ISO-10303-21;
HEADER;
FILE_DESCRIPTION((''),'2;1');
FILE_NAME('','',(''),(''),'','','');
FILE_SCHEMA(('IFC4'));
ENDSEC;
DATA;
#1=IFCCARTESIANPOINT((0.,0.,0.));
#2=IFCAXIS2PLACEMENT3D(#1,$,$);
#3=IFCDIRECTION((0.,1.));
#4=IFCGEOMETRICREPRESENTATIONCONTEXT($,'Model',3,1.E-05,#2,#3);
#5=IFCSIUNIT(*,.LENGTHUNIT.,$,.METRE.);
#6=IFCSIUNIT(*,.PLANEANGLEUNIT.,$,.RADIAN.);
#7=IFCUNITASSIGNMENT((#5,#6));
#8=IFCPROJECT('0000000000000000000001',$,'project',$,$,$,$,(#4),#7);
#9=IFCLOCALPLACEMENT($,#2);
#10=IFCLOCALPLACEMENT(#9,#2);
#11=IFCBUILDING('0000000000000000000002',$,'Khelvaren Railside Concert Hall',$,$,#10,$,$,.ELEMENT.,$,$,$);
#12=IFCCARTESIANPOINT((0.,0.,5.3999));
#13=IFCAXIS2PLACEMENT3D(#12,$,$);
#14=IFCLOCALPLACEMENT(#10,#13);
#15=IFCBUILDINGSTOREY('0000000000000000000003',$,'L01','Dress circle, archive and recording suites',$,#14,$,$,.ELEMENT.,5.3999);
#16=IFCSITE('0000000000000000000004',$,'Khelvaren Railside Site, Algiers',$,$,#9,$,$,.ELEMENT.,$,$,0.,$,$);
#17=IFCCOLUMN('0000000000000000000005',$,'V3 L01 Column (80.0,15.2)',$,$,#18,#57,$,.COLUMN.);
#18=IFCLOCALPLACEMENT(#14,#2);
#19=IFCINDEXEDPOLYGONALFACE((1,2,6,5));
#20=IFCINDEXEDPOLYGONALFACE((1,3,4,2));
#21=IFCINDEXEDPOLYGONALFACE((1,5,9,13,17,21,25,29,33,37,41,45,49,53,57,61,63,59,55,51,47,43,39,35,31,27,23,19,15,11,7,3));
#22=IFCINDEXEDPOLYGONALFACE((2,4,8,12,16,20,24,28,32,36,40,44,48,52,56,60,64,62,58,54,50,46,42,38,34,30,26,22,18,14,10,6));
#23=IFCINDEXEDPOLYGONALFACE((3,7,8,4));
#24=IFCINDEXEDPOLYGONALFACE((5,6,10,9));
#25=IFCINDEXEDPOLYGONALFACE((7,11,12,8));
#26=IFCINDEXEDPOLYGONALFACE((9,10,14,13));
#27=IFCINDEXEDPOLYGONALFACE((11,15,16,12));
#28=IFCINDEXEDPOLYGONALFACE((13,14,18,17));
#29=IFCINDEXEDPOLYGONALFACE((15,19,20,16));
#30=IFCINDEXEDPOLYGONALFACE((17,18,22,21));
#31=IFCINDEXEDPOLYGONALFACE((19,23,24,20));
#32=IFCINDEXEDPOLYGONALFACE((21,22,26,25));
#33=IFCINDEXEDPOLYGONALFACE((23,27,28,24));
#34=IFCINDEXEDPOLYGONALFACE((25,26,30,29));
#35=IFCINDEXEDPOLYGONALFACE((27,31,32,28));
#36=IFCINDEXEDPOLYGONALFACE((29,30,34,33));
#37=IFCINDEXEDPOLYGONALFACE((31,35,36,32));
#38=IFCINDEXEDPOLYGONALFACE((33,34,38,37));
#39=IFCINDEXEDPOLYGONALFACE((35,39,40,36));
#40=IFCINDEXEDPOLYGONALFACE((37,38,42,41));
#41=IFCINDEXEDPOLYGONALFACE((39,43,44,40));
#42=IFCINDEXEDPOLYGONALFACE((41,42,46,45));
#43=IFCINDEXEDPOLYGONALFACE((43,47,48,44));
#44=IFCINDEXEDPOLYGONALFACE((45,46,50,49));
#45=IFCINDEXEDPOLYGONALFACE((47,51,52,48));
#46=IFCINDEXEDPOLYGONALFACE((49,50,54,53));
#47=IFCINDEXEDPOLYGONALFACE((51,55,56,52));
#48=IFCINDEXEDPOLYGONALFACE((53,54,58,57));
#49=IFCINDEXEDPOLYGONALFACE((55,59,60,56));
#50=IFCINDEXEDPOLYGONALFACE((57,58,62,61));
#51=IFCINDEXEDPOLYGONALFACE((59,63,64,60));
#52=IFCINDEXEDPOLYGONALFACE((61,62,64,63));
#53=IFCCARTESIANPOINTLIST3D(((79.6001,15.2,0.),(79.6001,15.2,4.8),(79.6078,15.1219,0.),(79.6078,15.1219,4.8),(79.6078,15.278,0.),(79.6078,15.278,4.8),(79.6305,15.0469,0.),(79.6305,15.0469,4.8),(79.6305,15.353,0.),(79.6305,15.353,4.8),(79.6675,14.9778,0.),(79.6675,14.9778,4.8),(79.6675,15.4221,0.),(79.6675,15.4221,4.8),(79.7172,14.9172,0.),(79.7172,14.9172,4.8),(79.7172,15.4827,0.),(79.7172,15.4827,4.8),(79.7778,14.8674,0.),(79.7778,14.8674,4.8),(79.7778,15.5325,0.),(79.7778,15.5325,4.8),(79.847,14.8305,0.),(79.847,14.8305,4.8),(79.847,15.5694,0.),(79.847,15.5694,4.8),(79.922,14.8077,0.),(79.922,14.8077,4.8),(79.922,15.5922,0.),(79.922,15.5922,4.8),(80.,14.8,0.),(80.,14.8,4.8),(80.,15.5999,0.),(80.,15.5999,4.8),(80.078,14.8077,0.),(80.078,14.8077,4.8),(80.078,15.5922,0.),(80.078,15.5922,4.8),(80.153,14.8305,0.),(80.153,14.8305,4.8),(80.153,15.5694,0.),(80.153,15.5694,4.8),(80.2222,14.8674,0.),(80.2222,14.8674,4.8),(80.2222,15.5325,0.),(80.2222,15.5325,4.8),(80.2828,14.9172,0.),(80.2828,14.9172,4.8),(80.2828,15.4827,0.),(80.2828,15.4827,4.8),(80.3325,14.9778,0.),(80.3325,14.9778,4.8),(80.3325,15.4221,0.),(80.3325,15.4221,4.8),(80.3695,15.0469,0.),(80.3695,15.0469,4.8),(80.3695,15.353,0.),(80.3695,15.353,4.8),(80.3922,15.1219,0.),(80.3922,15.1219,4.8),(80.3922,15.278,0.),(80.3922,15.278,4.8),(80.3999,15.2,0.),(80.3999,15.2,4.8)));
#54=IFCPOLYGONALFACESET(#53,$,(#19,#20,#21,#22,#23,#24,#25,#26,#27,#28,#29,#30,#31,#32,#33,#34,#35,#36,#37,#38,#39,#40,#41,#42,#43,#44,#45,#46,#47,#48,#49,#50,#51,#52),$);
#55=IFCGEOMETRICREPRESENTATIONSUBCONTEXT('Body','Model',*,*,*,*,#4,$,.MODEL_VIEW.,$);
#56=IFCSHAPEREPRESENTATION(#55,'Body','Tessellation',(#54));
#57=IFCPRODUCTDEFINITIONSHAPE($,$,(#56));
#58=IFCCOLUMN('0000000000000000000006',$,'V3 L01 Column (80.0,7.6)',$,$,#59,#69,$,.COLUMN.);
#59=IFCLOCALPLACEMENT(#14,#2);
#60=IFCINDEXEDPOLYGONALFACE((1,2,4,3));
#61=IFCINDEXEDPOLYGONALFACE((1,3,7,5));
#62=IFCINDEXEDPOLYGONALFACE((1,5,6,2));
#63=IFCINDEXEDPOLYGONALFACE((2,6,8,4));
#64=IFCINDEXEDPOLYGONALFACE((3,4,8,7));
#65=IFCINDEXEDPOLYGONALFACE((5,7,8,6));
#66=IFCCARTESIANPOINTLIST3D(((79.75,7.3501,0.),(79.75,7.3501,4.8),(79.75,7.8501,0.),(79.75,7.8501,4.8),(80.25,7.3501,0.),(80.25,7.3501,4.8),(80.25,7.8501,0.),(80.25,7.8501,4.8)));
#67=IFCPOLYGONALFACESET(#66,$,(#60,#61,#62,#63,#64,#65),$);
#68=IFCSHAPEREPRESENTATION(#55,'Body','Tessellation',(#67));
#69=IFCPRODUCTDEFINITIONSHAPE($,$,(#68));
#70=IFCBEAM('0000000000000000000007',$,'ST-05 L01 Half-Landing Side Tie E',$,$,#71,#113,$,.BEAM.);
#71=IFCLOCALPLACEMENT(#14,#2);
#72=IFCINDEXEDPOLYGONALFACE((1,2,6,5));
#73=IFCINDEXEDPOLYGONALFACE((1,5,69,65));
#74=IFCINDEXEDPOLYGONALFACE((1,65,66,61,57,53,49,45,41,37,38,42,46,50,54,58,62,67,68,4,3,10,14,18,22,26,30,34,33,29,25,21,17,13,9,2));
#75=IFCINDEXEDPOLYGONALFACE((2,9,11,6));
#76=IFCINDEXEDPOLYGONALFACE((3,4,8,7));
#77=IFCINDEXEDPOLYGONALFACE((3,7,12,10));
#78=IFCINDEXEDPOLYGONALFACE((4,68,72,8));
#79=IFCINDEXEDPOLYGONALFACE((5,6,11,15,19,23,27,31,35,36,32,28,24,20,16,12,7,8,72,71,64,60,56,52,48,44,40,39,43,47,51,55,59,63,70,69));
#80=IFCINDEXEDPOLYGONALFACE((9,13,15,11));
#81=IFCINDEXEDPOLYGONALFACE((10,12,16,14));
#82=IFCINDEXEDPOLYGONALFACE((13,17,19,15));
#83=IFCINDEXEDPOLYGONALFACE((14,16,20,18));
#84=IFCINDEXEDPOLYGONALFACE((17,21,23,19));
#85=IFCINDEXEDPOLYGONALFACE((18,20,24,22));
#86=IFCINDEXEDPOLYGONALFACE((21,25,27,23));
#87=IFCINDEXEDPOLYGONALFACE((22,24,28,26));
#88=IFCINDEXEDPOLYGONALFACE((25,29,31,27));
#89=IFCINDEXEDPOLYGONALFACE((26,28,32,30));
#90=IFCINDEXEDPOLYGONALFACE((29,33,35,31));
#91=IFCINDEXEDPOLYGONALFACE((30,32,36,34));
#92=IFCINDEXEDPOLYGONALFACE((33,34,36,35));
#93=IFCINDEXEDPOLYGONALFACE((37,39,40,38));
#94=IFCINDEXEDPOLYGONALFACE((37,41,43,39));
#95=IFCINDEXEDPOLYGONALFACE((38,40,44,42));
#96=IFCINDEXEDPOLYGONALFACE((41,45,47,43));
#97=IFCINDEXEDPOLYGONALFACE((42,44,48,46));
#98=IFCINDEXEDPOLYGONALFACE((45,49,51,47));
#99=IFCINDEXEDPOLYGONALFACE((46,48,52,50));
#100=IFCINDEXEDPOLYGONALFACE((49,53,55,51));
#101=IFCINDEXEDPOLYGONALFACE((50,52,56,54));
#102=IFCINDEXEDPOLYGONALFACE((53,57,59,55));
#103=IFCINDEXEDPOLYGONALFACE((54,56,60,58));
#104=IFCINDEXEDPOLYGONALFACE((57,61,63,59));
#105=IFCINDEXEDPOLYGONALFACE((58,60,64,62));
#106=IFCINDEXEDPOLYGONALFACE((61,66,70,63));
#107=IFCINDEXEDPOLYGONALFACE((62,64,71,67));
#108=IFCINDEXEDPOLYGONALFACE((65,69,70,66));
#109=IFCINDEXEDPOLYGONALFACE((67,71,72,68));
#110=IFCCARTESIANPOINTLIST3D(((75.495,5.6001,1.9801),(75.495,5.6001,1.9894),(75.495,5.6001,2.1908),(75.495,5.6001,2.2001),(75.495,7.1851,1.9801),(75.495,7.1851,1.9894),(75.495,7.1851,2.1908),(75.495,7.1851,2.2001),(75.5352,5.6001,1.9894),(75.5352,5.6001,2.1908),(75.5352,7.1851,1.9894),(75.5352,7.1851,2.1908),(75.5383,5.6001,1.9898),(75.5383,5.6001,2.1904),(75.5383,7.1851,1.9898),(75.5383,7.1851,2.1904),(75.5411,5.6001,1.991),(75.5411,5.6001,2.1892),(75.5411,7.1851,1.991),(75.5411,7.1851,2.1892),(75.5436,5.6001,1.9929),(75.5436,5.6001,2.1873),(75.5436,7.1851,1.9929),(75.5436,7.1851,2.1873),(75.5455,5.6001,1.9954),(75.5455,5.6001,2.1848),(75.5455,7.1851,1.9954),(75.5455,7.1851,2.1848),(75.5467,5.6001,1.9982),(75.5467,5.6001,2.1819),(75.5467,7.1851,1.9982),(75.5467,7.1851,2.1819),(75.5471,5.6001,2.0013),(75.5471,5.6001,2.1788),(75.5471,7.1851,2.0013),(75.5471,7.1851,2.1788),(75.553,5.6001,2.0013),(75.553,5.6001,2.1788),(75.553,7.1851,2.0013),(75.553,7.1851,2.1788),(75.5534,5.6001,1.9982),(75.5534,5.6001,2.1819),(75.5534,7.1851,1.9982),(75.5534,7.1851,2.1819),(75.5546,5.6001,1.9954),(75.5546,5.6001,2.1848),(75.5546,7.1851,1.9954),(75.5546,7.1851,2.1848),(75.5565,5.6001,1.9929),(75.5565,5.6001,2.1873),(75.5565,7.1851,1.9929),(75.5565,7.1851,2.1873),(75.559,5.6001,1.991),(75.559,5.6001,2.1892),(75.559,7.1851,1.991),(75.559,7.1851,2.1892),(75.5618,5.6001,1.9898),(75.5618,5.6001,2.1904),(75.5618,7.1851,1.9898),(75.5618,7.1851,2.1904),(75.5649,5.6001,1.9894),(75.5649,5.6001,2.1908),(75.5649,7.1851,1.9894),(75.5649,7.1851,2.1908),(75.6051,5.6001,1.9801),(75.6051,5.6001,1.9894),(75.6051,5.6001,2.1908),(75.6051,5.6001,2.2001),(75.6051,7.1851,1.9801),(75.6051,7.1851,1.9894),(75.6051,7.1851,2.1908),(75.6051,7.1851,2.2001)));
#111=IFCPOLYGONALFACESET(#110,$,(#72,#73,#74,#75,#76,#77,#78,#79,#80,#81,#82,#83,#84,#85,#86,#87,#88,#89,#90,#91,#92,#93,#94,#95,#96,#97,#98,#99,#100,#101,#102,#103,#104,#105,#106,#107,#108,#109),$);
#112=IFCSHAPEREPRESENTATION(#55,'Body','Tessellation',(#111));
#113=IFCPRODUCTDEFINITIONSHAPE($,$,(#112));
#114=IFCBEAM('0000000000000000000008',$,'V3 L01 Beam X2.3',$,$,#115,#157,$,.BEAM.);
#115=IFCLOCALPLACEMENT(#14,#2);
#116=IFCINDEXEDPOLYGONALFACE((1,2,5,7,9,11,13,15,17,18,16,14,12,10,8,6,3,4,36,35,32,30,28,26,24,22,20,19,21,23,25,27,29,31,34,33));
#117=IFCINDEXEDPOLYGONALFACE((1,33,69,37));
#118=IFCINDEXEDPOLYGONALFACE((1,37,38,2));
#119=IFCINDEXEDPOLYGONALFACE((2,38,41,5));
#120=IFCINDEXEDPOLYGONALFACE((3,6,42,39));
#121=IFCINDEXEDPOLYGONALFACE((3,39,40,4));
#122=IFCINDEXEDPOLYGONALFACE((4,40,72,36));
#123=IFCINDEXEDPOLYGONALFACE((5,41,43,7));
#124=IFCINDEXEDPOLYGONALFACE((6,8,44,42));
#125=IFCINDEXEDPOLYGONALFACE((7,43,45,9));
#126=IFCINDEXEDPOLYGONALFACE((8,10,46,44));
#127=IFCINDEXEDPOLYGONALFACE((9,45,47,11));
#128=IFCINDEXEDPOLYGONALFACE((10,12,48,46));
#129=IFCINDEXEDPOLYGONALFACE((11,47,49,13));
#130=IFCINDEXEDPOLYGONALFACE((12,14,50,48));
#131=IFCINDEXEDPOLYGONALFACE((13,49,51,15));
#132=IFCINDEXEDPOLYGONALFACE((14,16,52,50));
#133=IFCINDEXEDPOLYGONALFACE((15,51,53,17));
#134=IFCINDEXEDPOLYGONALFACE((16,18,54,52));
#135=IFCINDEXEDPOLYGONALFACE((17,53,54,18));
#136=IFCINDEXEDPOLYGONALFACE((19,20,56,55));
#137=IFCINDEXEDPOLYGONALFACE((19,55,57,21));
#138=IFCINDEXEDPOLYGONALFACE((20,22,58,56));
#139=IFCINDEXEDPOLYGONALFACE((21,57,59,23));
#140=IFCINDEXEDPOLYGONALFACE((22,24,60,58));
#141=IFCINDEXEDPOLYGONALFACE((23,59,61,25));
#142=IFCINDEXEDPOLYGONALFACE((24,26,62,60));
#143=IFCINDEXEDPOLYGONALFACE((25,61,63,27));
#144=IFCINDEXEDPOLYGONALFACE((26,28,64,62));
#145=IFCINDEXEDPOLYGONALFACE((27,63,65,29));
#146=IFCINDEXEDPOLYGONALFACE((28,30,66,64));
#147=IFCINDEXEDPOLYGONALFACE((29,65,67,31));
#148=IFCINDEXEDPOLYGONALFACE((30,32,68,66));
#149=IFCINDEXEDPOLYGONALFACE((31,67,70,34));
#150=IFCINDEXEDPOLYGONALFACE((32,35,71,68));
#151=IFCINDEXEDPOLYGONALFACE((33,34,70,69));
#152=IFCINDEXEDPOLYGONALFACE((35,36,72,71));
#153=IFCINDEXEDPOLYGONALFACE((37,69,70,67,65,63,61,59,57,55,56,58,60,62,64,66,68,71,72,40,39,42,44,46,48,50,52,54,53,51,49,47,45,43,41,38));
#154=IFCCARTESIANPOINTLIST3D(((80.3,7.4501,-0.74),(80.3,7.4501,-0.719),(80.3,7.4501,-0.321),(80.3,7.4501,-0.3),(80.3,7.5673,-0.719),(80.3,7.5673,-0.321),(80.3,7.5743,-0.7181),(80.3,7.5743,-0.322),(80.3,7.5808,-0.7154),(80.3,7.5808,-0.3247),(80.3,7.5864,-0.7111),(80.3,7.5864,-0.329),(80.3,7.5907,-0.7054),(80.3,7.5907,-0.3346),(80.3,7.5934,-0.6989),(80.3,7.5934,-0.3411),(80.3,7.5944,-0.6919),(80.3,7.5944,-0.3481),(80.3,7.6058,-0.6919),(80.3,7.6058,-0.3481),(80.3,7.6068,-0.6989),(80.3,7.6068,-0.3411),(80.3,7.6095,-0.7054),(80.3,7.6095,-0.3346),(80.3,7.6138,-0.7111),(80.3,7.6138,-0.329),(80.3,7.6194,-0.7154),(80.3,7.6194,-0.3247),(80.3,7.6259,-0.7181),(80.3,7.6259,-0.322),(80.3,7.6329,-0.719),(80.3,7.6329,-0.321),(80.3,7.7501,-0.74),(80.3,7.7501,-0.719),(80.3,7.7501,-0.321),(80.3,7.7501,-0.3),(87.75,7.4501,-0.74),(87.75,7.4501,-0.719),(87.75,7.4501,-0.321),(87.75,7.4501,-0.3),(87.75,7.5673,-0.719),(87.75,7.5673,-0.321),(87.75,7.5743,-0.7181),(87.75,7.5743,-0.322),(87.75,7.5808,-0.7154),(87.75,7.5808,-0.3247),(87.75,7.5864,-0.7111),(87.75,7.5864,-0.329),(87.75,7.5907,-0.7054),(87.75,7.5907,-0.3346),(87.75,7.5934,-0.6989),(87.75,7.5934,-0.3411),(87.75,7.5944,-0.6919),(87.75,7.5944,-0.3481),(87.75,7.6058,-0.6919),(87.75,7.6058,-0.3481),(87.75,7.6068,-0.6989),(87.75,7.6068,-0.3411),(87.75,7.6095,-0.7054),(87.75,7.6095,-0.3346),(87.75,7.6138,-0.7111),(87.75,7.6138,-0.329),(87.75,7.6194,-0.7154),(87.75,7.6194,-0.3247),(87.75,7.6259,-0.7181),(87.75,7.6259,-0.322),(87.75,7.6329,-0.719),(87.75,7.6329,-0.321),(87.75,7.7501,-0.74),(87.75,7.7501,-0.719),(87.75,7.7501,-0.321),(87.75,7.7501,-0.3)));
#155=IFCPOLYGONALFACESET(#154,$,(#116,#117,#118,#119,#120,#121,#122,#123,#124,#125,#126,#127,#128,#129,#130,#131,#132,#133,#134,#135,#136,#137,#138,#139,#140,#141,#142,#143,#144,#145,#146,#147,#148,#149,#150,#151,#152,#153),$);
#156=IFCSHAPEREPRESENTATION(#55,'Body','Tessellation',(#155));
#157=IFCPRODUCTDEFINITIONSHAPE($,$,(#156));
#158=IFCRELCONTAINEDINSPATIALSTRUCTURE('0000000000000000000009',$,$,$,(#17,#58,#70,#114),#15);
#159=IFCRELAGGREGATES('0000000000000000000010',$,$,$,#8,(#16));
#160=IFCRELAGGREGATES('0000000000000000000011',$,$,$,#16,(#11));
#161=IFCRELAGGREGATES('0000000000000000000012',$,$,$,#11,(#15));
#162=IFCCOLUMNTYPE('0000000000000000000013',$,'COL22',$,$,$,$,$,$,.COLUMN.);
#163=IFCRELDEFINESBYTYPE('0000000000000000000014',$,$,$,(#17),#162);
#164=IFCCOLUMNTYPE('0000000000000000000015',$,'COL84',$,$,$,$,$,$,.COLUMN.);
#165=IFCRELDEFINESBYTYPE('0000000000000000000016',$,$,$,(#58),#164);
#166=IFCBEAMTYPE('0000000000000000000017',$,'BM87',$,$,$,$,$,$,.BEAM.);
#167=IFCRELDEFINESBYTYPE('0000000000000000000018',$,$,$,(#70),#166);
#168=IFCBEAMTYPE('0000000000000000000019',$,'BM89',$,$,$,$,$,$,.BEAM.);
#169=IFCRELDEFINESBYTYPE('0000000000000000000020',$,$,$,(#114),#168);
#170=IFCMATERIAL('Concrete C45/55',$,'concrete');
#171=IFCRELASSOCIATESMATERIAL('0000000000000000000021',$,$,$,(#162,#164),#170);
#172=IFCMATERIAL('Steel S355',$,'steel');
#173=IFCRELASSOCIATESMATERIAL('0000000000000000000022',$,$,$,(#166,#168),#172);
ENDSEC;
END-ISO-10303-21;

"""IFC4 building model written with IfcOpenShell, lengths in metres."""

from ifc_helpers import new_model, si_unit, direction, frame, origin, origin_2d, place, context, subcontext, project, spatial, rectangle, circle, i_section, extrude, material, material_profile, profile_set, type_object, element, save


model = new_model("IFC4")

# Units and contexts
model_context = context("Model", 3, precision=1e-05, world=origin(), true_north=direction((0.0, 1.0)))
body_context = subcontext(model_context, "Body", "Model", "MODEL_VIEW")
ifc_project = project(units=[si_unit("LENGTHUNIT", "METRE"), si_unit("PLANEANGLEUNIT", "RADIAN")], contexts=[model_context])

# Site, building, storey
site_placement = place(None, origin())
site = spatial("IfcSite", under=ifc_project, at=site_placement, Name="Khelvaren Railside Site, Algiers", CompositionType="ELEMENT", RefElevation=0.0)
building_placement = place(site_placement, origin())
building = spatial("IfcBuilding", under=site, at=building_placement, Name="Khelvaren Railside Concert Hall", CompositionType="ELEMENT")
storey_placement = place(building_placement, frame((0.0, 0.0, 5.3999)))
storey = spatial("IfcBuildingStorey", under=building, at=storey_placement, Name="L01", Description="Dress circle, archive and recording suites", CompositionType="ELEMENT", Elevation=5.3999)

# Columns
ifc_material_1 = material(Name="Concrete C45/55", Category="concrete")
ifc_material_profile_1 = material_profile(ifc_material_1, circle(Radius=0.3999, at=origin_2d()), Name="RC D800")
ifc_profile_set_1 = profile_set([ifc_material_profile_1], Name="Concrete C45/55")
column_type_1 = type_object("IfcColumnType", Name="COL22", PredefinedType="COLUMN", material=ifc_profile_set_1)
column_1_placement = place(storey_placement, frame((80.0, 15.2, 0.0), z_axis=(0.0, 0.0, 1.0), x_axis=(1.0, 0.0, 0.0)))
element("IfcColumn", 1, at=column_1_placement, inside=storey, type_object=column_type_1, Name="V3 L01 Column (80.0,15.2)", PredefinedType="COLUMN", context=body_context, shape_type="SweptSolid", body=[
    extrude(circle(Radius=0.3999, at=origin_2d()), origin(), (0.0, 0.0, 1.0), 4.8),
])
ifc_material_profile_2 = material_profile(ifc_material_1, rectangle(XDim=0.5, YDim=0.5, at=origin_2d()), Name="RC 500x500")
ifc_profile_set_2 = profile_set([ifc_material_profile_2], Name="Concrete C45/55")
column_type_2 = type_object("IfcColumnType", Name="COL84", PredefinedType="COLUMN", material=ifc_profile_set_2)
column_2_placement = place(storey_placement, frame((80.0, 7.6001, 0.0), z_axis=(0.0, 0.0, 1.0), x_axis=(1.0, 0.0, 0.0)))
element("IfcColumn", 2, at=column_2_placement, inside=storey, type_object=column_type_2, Name="V3 L01 Column (80.0,7.6)", PredefinedType="COLUMN", context=body_context, shape_type="SweptSolid", body=[
    extrude(rectangle(XDim=0.5, YDim=0.5, at=origin_2d()), origin(), (0.0, 0.0, 1.0), 4.8),
])

# Beams
ifc_material_2 = material(Name="Steel S355", Category="steel")
ifc_material_profile_3 = material_profile(ifc_material_2, i_section(OverallWidth=0.1101, OverallDepth=0.22, WebThickness=0.0059, FlangeThickness=0.0093, FilletRadius=0.012, at=origin_2d()), Name="IPE 220")
ifc_profile_set_3 = profile_set([ifc_material_profile_3], Name="Steel S355")
beam_type_1 = type_object("IfcBeamType", Name="BM87", PredefinedType="BEAM", material=ifc_profile_set_3)
beam_1_placement = place(storey_placement, frame((75.55, 5.6001, 2.0901), z_axis=(0.0, 1.0, 0.0), x_axis=(-1.0, 0.0, 0.0)))
element("IfcBeam", 3, at=beam_1_placement, inside=storey, type_object=beam_type_1, Name="ST-05 L01 Half-Landing Side Tie E", PredefinedType="BEAM", context=body_context, shape_type="SweptSolid", body=[
    extrude(i_section(OverallWidth=0.1101, OverallDepth=0.22, WebThickness=0.0059, FlangeThickness=0.0093, FilletRadius=0.012, at=origin_2d()), origin(), (0.0, 0.0, 1.0), 1.585),
])
ifc_material_profile_4 = material_profile(ifc_material_2, i_section(OverallWidth=0.3, OverallDepth=0.4399, WebThickness=0.0115, FlangeThickness=0.021, FilletRadius=0.0271, at=origin_2d()), Name="HEA 450")
ifc_profile_set_4 = profile_set([ifc_material_profile_4], Name="Steel S355")
beam_type_2 = type_object("IfcBeamType", Name="BM89", PredefinedType="BEAM", material=ifc_profile_set_4)
beam_2_placement = place(storey_placement, frame((80.3, 7.6001, -0.52), z_axis=(1.0, 0.0, 0.0), x_axis=(0.0, 1.0, 0.0)))
element("IfcBeam", 4, at=beam_2_placement, inside=storey, type_object=beam_type_2, Name="V3 L01 Beam X2.3", PredefinedType="BEAM", context=body_context, shape_type="SweptSolid", body=[
    extrude(i_section(OverallWidth=0.3, OverallDepth=0.4399, WebThickness=0.0115, FlangeThickness=0.021, FilletRadius=0.0271, at=origin_2d()), origin(), (0.0, 0.0, 1.0), 7.45),
])

save(model, "model.ifc")
